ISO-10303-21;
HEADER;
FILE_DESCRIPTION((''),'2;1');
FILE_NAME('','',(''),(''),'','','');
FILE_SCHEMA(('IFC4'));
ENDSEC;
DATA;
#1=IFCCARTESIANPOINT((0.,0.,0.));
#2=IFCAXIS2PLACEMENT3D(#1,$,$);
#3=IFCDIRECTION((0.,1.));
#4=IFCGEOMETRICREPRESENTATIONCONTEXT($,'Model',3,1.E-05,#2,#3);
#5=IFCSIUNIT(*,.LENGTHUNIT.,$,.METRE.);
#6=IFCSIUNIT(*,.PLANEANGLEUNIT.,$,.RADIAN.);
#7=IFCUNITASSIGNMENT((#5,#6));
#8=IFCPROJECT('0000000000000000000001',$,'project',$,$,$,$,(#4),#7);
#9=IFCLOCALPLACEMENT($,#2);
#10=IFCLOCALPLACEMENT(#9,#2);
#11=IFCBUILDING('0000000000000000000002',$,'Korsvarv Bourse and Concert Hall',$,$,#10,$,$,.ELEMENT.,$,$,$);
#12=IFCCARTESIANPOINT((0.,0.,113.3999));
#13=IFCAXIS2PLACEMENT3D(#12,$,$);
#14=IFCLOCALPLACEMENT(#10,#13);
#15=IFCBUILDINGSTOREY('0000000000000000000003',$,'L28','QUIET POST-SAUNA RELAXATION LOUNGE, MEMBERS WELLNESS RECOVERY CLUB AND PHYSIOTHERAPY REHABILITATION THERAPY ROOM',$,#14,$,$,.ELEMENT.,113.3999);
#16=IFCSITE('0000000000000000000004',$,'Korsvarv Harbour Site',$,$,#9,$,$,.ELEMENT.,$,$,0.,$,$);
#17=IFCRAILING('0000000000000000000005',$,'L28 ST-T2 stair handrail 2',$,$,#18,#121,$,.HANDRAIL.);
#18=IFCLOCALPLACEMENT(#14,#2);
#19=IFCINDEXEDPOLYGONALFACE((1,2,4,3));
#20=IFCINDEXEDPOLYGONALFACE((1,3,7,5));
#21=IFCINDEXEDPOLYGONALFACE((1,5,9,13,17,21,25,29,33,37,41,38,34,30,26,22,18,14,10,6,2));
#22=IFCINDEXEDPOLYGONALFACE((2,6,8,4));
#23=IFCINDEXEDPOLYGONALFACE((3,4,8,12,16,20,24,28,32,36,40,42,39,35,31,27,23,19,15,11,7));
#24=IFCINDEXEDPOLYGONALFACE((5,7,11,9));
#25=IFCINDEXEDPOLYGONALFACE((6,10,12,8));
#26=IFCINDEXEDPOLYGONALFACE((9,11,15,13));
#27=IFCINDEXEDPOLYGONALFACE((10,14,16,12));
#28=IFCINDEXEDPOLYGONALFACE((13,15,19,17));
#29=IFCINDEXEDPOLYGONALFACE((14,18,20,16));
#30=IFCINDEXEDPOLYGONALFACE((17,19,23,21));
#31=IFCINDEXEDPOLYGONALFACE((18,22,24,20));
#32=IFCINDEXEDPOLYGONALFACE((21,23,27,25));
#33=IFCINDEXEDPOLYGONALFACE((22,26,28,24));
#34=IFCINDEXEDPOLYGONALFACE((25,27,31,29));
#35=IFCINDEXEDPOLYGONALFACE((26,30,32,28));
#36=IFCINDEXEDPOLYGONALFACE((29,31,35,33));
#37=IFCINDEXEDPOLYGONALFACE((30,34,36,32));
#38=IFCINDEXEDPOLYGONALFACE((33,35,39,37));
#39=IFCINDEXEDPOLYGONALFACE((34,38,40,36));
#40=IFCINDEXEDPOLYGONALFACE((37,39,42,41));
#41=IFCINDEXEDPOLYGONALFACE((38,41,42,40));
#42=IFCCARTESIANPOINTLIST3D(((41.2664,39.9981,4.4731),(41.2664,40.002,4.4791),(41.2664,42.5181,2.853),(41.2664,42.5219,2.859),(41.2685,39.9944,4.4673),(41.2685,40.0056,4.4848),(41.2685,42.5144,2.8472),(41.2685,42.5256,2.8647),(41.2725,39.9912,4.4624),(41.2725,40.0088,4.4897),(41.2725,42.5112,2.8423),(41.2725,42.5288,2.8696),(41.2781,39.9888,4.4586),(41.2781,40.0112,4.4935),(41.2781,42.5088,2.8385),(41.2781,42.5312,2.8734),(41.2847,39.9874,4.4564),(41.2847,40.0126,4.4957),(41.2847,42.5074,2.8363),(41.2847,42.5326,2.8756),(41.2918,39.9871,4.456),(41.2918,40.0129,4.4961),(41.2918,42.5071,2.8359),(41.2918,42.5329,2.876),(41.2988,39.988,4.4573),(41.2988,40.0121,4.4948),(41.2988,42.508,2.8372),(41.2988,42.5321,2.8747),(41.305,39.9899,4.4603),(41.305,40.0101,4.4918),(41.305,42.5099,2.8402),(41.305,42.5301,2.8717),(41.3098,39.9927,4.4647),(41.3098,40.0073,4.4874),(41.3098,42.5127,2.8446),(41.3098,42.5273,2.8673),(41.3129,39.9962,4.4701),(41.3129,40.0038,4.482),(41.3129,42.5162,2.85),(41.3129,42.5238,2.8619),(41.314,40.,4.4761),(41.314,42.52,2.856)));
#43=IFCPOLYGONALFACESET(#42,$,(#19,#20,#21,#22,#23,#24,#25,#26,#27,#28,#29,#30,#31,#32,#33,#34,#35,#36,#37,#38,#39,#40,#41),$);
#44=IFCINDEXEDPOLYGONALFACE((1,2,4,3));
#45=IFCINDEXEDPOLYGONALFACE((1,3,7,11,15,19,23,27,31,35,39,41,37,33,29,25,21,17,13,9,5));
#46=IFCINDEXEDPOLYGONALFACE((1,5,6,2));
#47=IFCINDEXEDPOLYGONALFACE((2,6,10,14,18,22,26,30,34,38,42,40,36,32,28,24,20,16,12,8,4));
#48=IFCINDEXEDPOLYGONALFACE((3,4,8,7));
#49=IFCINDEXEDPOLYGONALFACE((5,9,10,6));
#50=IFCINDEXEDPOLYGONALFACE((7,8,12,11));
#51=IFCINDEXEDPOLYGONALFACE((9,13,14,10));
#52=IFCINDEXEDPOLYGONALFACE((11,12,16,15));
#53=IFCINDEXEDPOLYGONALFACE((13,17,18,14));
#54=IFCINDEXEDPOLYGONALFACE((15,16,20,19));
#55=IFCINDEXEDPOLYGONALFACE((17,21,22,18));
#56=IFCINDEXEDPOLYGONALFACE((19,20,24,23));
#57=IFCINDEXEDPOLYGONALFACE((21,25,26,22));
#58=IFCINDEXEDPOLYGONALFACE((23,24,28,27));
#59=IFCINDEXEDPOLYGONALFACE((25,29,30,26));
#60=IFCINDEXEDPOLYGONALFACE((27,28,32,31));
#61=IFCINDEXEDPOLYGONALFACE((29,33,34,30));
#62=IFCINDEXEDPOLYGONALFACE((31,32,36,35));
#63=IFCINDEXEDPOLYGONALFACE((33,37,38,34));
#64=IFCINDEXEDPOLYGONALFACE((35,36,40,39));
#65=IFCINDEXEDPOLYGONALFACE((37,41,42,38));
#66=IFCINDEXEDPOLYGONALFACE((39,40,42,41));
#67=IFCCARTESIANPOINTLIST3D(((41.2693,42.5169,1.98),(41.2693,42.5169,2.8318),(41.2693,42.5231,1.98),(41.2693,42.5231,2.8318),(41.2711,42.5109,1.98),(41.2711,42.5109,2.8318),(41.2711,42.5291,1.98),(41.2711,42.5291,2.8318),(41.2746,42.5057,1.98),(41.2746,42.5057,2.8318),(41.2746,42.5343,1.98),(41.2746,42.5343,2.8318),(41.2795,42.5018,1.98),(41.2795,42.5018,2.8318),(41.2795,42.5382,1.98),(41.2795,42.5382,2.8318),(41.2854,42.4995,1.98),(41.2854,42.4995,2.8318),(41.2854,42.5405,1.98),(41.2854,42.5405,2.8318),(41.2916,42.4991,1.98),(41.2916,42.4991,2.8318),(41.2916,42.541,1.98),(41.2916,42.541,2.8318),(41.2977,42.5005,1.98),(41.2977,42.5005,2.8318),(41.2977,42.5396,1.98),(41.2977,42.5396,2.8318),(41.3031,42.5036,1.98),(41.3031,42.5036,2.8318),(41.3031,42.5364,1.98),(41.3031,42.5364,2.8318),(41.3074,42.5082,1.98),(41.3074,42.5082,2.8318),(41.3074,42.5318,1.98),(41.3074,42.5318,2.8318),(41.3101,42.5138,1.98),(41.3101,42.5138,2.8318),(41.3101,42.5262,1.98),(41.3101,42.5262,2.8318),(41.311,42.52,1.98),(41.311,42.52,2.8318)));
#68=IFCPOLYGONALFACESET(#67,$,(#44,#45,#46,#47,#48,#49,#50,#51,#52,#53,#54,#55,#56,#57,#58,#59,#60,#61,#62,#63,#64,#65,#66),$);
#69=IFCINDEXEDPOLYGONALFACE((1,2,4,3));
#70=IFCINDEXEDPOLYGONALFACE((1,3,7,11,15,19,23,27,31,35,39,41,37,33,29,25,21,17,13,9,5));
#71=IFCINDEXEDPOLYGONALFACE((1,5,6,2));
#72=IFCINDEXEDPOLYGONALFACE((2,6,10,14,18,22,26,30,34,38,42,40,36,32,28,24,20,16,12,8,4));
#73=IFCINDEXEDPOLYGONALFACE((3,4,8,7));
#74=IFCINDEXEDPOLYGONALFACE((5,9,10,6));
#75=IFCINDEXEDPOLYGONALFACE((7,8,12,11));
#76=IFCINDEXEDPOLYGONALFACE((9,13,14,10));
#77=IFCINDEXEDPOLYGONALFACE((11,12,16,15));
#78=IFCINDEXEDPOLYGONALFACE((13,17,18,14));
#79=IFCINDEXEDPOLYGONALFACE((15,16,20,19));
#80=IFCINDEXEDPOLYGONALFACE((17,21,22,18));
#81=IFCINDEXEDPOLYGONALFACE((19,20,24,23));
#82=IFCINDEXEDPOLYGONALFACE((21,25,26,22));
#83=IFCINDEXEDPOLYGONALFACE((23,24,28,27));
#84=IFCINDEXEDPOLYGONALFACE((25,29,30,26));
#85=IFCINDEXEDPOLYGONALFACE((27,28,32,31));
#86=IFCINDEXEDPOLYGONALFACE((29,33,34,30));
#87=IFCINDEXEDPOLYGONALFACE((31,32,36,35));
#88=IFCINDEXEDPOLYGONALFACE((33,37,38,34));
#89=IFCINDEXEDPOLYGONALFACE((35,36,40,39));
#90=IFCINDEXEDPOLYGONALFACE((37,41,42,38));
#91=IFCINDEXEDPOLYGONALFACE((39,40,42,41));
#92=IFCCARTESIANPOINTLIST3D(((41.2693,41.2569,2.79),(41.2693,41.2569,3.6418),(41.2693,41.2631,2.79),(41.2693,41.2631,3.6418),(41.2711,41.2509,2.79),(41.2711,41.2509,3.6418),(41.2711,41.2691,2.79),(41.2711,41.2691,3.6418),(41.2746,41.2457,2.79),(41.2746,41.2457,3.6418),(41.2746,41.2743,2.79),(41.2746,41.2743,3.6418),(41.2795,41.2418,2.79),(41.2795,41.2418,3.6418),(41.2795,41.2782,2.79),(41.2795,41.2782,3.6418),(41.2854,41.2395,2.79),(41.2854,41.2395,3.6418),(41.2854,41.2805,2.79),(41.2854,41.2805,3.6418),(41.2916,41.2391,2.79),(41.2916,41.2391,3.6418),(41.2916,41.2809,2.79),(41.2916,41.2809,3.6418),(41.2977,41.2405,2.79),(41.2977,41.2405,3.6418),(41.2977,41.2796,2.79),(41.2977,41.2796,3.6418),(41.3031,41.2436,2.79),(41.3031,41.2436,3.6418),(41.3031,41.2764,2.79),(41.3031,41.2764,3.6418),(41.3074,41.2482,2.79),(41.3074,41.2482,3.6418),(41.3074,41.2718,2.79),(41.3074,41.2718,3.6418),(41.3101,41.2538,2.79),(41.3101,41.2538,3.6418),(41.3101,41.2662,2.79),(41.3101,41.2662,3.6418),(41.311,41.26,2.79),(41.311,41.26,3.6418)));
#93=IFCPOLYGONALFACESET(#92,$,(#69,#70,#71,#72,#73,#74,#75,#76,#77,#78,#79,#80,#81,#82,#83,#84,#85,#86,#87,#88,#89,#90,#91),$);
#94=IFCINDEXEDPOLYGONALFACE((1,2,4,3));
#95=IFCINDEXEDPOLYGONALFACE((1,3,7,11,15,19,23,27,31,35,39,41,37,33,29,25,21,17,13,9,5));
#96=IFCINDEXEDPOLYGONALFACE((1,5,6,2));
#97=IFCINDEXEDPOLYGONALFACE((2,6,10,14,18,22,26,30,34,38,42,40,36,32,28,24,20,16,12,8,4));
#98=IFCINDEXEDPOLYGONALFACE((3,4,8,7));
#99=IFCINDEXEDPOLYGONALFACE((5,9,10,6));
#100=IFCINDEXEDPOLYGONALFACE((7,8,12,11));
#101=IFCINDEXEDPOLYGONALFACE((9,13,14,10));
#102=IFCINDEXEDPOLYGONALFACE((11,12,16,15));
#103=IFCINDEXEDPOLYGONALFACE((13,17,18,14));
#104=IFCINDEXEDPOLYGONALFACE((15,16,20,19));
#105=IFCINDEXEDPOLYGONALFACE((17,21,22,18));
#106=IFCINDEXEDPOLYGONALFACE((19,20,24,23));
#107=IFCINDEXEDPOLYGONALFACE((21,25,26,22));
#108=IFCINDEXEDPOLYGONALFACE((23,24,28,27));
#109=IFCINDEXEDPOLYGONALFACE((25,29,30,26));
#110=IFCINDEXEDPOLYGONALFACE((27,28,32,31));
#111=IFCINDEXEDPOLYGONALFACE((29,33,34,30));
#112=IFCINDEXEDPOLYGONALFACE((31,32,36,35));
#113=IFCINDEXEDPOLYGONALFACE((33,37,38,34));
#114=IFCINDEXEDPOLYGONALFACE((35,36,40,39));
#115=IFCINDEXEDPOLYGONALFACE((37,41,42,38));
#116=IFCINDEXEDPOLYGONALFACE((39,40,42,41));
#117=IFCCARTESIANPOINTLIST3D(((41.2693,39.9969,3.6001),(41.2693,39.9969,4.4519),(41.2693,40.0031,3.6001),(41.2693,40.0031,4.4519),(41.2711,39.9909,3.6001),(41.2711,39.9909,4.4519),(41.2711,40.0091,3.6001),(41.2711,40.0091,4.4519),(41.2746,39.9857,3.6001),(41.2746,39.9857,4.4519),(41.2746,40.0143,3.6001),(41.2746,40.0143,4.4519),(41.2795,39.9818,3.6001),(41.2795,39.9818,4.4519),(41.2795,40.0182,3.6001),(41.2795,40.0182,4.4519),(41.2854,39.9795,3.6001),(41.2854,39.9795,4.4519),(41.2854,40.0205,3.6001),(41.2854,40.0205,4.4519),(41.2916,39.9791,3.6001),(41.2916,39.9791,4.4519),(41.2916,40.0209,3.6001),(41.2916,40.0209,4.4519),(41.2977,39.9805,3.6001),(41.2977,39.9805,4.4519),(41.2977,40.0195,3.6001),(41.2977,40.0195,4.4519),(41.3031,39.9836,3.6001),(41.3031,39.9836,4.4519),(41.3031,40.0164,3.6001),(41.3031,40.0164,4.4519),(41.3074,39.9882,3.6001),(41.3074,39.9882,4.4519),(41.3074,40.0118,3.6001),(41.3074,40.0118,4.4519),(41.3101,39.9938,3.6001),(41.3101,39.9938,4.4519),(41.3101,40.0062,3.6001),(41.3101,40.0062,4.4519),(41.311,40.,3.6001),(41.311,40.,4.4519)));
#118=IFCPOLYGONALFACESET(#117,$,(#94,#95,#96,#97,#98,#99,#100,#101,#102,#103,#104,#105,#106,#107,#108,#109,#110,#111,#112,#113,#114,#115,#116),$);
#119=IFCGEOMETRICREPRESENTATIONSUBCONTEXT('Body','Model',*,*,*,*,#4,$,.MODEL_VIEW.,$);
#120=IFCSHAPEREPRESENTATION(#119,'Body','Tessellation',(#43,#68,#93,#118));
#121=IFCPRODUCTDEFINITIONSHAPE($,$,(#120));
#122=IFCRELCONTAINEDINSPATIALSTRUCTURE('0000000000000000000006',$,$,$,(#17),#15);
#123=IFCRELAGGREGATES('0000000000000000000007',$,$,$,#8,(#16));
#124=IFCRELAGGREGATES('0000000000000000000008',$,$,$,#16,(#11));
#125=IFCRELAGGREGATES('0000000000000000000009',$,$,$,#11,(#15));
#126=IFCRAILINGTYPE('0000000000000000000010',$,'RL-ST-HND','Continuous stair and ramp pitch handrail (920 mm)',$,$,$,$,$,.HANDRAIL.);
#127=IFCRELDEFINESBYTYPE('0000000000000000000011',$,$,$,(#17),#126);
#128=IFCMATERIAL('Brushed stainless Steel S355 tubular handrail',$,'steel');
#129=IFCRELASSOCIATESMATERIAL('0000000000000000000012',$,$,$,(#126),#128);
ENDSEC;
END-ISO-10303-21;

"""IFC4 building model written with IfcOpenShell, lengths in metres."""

from ifc_helpers import new_model, si_unit, direction, frame, origin, origin_2d, place, context, subcontext, project, spatial, circle, extrude, material, type_object, element, save


model = new_model("IFC4")

# Units and contexts
model_context = context("Model", 3, precision=1e-05, world=origin(), true_north=direction((0.0, 1.0)))
body_context = subcontext(model_context, "Body", "Model", "MODEL_VIEW")
ifc_project = project(units=[si_unit("LENGTHUNIT", "METRE"), si_unit("PLANEANGLEUNIT", "RADIAN")], contexts=[model_context])

# Site, building, storey
site_placement = place(None, origin())
site = spatial("IfcSite", under=ifc_project, at=site_placement, Name="Korsvarv Harbour Site", CompositionType="ELEMENT", RefElevation=0.0)
building_placement = place(site_placement, origin())
building = spatial("IfcBuilding", under=site, at=building_placement, Name="Korsvarv Bourse and Concert Hall", CompositionType="ELEMENT")
storey_placement = place(building_placement, frame((0.0, 0.0, 113.3999)))
storey = spatial("IfcBuildingStorey", under=building, at=storey_placement, Name="L28", Description="QUIET POST-SAUNA RELAXATION LOUNGE, MEMBERS WELLNESS RECOVERY CLUB AND PHYSIOTHERAPY REHABILITATION THERAPY ROOM", CompositionType="ELEMENT", Elevation=113.3999)

# Railing
ifc_material_1 = material(Name="Brushed stainless Steel S355 tubular handrail", Category="steel")
railing_type = type_object("IfcRailingType", Name="RL-ST-HND", Description="Continuous stair and ramp pitch handrail (920 mm)", PredefinedType="HANDRAIL", material=ifc_material_1)
railing_placement = place(storey_placement, frame((41.29, 42.52, 1.98)))
element("IfcRailing", 1, at=railing_placement, inside=storey, type_object=railing_type, Name="L28 ST-T2 stair handrail 2", PredefinedType="HANDRAIL", context=body_context, shape_type="SweptSolid", body=[
    extrude(circle(Radius=0.0239, at=origin_2d()), frame((0.0, 0.0, 0.876), z_axis=(0.0, -0.841163, 0.540782), x_axis=(1.0, 0.0, 0.0)), (0.0, 0.0, 1.0), 2.9958),
    extrude(circle(Radius=0.021, at=origin_2d()), origin(), (0.0, 0.0, 1.0), 0.8518),
    extrude(circle(Radius=0.021, at=origin_2d()), frame((0.0, -1.26, 0.8101)), (0.0, 0.0, 1.0), 0.8518),
    extrude(circle(Radius=0.021, at=origin_2d()), frame((0.0, -2.52, 1.6201)), (0.0, 0.0, 1.0), 0.8518),
])

save(model, "model.ifc")
